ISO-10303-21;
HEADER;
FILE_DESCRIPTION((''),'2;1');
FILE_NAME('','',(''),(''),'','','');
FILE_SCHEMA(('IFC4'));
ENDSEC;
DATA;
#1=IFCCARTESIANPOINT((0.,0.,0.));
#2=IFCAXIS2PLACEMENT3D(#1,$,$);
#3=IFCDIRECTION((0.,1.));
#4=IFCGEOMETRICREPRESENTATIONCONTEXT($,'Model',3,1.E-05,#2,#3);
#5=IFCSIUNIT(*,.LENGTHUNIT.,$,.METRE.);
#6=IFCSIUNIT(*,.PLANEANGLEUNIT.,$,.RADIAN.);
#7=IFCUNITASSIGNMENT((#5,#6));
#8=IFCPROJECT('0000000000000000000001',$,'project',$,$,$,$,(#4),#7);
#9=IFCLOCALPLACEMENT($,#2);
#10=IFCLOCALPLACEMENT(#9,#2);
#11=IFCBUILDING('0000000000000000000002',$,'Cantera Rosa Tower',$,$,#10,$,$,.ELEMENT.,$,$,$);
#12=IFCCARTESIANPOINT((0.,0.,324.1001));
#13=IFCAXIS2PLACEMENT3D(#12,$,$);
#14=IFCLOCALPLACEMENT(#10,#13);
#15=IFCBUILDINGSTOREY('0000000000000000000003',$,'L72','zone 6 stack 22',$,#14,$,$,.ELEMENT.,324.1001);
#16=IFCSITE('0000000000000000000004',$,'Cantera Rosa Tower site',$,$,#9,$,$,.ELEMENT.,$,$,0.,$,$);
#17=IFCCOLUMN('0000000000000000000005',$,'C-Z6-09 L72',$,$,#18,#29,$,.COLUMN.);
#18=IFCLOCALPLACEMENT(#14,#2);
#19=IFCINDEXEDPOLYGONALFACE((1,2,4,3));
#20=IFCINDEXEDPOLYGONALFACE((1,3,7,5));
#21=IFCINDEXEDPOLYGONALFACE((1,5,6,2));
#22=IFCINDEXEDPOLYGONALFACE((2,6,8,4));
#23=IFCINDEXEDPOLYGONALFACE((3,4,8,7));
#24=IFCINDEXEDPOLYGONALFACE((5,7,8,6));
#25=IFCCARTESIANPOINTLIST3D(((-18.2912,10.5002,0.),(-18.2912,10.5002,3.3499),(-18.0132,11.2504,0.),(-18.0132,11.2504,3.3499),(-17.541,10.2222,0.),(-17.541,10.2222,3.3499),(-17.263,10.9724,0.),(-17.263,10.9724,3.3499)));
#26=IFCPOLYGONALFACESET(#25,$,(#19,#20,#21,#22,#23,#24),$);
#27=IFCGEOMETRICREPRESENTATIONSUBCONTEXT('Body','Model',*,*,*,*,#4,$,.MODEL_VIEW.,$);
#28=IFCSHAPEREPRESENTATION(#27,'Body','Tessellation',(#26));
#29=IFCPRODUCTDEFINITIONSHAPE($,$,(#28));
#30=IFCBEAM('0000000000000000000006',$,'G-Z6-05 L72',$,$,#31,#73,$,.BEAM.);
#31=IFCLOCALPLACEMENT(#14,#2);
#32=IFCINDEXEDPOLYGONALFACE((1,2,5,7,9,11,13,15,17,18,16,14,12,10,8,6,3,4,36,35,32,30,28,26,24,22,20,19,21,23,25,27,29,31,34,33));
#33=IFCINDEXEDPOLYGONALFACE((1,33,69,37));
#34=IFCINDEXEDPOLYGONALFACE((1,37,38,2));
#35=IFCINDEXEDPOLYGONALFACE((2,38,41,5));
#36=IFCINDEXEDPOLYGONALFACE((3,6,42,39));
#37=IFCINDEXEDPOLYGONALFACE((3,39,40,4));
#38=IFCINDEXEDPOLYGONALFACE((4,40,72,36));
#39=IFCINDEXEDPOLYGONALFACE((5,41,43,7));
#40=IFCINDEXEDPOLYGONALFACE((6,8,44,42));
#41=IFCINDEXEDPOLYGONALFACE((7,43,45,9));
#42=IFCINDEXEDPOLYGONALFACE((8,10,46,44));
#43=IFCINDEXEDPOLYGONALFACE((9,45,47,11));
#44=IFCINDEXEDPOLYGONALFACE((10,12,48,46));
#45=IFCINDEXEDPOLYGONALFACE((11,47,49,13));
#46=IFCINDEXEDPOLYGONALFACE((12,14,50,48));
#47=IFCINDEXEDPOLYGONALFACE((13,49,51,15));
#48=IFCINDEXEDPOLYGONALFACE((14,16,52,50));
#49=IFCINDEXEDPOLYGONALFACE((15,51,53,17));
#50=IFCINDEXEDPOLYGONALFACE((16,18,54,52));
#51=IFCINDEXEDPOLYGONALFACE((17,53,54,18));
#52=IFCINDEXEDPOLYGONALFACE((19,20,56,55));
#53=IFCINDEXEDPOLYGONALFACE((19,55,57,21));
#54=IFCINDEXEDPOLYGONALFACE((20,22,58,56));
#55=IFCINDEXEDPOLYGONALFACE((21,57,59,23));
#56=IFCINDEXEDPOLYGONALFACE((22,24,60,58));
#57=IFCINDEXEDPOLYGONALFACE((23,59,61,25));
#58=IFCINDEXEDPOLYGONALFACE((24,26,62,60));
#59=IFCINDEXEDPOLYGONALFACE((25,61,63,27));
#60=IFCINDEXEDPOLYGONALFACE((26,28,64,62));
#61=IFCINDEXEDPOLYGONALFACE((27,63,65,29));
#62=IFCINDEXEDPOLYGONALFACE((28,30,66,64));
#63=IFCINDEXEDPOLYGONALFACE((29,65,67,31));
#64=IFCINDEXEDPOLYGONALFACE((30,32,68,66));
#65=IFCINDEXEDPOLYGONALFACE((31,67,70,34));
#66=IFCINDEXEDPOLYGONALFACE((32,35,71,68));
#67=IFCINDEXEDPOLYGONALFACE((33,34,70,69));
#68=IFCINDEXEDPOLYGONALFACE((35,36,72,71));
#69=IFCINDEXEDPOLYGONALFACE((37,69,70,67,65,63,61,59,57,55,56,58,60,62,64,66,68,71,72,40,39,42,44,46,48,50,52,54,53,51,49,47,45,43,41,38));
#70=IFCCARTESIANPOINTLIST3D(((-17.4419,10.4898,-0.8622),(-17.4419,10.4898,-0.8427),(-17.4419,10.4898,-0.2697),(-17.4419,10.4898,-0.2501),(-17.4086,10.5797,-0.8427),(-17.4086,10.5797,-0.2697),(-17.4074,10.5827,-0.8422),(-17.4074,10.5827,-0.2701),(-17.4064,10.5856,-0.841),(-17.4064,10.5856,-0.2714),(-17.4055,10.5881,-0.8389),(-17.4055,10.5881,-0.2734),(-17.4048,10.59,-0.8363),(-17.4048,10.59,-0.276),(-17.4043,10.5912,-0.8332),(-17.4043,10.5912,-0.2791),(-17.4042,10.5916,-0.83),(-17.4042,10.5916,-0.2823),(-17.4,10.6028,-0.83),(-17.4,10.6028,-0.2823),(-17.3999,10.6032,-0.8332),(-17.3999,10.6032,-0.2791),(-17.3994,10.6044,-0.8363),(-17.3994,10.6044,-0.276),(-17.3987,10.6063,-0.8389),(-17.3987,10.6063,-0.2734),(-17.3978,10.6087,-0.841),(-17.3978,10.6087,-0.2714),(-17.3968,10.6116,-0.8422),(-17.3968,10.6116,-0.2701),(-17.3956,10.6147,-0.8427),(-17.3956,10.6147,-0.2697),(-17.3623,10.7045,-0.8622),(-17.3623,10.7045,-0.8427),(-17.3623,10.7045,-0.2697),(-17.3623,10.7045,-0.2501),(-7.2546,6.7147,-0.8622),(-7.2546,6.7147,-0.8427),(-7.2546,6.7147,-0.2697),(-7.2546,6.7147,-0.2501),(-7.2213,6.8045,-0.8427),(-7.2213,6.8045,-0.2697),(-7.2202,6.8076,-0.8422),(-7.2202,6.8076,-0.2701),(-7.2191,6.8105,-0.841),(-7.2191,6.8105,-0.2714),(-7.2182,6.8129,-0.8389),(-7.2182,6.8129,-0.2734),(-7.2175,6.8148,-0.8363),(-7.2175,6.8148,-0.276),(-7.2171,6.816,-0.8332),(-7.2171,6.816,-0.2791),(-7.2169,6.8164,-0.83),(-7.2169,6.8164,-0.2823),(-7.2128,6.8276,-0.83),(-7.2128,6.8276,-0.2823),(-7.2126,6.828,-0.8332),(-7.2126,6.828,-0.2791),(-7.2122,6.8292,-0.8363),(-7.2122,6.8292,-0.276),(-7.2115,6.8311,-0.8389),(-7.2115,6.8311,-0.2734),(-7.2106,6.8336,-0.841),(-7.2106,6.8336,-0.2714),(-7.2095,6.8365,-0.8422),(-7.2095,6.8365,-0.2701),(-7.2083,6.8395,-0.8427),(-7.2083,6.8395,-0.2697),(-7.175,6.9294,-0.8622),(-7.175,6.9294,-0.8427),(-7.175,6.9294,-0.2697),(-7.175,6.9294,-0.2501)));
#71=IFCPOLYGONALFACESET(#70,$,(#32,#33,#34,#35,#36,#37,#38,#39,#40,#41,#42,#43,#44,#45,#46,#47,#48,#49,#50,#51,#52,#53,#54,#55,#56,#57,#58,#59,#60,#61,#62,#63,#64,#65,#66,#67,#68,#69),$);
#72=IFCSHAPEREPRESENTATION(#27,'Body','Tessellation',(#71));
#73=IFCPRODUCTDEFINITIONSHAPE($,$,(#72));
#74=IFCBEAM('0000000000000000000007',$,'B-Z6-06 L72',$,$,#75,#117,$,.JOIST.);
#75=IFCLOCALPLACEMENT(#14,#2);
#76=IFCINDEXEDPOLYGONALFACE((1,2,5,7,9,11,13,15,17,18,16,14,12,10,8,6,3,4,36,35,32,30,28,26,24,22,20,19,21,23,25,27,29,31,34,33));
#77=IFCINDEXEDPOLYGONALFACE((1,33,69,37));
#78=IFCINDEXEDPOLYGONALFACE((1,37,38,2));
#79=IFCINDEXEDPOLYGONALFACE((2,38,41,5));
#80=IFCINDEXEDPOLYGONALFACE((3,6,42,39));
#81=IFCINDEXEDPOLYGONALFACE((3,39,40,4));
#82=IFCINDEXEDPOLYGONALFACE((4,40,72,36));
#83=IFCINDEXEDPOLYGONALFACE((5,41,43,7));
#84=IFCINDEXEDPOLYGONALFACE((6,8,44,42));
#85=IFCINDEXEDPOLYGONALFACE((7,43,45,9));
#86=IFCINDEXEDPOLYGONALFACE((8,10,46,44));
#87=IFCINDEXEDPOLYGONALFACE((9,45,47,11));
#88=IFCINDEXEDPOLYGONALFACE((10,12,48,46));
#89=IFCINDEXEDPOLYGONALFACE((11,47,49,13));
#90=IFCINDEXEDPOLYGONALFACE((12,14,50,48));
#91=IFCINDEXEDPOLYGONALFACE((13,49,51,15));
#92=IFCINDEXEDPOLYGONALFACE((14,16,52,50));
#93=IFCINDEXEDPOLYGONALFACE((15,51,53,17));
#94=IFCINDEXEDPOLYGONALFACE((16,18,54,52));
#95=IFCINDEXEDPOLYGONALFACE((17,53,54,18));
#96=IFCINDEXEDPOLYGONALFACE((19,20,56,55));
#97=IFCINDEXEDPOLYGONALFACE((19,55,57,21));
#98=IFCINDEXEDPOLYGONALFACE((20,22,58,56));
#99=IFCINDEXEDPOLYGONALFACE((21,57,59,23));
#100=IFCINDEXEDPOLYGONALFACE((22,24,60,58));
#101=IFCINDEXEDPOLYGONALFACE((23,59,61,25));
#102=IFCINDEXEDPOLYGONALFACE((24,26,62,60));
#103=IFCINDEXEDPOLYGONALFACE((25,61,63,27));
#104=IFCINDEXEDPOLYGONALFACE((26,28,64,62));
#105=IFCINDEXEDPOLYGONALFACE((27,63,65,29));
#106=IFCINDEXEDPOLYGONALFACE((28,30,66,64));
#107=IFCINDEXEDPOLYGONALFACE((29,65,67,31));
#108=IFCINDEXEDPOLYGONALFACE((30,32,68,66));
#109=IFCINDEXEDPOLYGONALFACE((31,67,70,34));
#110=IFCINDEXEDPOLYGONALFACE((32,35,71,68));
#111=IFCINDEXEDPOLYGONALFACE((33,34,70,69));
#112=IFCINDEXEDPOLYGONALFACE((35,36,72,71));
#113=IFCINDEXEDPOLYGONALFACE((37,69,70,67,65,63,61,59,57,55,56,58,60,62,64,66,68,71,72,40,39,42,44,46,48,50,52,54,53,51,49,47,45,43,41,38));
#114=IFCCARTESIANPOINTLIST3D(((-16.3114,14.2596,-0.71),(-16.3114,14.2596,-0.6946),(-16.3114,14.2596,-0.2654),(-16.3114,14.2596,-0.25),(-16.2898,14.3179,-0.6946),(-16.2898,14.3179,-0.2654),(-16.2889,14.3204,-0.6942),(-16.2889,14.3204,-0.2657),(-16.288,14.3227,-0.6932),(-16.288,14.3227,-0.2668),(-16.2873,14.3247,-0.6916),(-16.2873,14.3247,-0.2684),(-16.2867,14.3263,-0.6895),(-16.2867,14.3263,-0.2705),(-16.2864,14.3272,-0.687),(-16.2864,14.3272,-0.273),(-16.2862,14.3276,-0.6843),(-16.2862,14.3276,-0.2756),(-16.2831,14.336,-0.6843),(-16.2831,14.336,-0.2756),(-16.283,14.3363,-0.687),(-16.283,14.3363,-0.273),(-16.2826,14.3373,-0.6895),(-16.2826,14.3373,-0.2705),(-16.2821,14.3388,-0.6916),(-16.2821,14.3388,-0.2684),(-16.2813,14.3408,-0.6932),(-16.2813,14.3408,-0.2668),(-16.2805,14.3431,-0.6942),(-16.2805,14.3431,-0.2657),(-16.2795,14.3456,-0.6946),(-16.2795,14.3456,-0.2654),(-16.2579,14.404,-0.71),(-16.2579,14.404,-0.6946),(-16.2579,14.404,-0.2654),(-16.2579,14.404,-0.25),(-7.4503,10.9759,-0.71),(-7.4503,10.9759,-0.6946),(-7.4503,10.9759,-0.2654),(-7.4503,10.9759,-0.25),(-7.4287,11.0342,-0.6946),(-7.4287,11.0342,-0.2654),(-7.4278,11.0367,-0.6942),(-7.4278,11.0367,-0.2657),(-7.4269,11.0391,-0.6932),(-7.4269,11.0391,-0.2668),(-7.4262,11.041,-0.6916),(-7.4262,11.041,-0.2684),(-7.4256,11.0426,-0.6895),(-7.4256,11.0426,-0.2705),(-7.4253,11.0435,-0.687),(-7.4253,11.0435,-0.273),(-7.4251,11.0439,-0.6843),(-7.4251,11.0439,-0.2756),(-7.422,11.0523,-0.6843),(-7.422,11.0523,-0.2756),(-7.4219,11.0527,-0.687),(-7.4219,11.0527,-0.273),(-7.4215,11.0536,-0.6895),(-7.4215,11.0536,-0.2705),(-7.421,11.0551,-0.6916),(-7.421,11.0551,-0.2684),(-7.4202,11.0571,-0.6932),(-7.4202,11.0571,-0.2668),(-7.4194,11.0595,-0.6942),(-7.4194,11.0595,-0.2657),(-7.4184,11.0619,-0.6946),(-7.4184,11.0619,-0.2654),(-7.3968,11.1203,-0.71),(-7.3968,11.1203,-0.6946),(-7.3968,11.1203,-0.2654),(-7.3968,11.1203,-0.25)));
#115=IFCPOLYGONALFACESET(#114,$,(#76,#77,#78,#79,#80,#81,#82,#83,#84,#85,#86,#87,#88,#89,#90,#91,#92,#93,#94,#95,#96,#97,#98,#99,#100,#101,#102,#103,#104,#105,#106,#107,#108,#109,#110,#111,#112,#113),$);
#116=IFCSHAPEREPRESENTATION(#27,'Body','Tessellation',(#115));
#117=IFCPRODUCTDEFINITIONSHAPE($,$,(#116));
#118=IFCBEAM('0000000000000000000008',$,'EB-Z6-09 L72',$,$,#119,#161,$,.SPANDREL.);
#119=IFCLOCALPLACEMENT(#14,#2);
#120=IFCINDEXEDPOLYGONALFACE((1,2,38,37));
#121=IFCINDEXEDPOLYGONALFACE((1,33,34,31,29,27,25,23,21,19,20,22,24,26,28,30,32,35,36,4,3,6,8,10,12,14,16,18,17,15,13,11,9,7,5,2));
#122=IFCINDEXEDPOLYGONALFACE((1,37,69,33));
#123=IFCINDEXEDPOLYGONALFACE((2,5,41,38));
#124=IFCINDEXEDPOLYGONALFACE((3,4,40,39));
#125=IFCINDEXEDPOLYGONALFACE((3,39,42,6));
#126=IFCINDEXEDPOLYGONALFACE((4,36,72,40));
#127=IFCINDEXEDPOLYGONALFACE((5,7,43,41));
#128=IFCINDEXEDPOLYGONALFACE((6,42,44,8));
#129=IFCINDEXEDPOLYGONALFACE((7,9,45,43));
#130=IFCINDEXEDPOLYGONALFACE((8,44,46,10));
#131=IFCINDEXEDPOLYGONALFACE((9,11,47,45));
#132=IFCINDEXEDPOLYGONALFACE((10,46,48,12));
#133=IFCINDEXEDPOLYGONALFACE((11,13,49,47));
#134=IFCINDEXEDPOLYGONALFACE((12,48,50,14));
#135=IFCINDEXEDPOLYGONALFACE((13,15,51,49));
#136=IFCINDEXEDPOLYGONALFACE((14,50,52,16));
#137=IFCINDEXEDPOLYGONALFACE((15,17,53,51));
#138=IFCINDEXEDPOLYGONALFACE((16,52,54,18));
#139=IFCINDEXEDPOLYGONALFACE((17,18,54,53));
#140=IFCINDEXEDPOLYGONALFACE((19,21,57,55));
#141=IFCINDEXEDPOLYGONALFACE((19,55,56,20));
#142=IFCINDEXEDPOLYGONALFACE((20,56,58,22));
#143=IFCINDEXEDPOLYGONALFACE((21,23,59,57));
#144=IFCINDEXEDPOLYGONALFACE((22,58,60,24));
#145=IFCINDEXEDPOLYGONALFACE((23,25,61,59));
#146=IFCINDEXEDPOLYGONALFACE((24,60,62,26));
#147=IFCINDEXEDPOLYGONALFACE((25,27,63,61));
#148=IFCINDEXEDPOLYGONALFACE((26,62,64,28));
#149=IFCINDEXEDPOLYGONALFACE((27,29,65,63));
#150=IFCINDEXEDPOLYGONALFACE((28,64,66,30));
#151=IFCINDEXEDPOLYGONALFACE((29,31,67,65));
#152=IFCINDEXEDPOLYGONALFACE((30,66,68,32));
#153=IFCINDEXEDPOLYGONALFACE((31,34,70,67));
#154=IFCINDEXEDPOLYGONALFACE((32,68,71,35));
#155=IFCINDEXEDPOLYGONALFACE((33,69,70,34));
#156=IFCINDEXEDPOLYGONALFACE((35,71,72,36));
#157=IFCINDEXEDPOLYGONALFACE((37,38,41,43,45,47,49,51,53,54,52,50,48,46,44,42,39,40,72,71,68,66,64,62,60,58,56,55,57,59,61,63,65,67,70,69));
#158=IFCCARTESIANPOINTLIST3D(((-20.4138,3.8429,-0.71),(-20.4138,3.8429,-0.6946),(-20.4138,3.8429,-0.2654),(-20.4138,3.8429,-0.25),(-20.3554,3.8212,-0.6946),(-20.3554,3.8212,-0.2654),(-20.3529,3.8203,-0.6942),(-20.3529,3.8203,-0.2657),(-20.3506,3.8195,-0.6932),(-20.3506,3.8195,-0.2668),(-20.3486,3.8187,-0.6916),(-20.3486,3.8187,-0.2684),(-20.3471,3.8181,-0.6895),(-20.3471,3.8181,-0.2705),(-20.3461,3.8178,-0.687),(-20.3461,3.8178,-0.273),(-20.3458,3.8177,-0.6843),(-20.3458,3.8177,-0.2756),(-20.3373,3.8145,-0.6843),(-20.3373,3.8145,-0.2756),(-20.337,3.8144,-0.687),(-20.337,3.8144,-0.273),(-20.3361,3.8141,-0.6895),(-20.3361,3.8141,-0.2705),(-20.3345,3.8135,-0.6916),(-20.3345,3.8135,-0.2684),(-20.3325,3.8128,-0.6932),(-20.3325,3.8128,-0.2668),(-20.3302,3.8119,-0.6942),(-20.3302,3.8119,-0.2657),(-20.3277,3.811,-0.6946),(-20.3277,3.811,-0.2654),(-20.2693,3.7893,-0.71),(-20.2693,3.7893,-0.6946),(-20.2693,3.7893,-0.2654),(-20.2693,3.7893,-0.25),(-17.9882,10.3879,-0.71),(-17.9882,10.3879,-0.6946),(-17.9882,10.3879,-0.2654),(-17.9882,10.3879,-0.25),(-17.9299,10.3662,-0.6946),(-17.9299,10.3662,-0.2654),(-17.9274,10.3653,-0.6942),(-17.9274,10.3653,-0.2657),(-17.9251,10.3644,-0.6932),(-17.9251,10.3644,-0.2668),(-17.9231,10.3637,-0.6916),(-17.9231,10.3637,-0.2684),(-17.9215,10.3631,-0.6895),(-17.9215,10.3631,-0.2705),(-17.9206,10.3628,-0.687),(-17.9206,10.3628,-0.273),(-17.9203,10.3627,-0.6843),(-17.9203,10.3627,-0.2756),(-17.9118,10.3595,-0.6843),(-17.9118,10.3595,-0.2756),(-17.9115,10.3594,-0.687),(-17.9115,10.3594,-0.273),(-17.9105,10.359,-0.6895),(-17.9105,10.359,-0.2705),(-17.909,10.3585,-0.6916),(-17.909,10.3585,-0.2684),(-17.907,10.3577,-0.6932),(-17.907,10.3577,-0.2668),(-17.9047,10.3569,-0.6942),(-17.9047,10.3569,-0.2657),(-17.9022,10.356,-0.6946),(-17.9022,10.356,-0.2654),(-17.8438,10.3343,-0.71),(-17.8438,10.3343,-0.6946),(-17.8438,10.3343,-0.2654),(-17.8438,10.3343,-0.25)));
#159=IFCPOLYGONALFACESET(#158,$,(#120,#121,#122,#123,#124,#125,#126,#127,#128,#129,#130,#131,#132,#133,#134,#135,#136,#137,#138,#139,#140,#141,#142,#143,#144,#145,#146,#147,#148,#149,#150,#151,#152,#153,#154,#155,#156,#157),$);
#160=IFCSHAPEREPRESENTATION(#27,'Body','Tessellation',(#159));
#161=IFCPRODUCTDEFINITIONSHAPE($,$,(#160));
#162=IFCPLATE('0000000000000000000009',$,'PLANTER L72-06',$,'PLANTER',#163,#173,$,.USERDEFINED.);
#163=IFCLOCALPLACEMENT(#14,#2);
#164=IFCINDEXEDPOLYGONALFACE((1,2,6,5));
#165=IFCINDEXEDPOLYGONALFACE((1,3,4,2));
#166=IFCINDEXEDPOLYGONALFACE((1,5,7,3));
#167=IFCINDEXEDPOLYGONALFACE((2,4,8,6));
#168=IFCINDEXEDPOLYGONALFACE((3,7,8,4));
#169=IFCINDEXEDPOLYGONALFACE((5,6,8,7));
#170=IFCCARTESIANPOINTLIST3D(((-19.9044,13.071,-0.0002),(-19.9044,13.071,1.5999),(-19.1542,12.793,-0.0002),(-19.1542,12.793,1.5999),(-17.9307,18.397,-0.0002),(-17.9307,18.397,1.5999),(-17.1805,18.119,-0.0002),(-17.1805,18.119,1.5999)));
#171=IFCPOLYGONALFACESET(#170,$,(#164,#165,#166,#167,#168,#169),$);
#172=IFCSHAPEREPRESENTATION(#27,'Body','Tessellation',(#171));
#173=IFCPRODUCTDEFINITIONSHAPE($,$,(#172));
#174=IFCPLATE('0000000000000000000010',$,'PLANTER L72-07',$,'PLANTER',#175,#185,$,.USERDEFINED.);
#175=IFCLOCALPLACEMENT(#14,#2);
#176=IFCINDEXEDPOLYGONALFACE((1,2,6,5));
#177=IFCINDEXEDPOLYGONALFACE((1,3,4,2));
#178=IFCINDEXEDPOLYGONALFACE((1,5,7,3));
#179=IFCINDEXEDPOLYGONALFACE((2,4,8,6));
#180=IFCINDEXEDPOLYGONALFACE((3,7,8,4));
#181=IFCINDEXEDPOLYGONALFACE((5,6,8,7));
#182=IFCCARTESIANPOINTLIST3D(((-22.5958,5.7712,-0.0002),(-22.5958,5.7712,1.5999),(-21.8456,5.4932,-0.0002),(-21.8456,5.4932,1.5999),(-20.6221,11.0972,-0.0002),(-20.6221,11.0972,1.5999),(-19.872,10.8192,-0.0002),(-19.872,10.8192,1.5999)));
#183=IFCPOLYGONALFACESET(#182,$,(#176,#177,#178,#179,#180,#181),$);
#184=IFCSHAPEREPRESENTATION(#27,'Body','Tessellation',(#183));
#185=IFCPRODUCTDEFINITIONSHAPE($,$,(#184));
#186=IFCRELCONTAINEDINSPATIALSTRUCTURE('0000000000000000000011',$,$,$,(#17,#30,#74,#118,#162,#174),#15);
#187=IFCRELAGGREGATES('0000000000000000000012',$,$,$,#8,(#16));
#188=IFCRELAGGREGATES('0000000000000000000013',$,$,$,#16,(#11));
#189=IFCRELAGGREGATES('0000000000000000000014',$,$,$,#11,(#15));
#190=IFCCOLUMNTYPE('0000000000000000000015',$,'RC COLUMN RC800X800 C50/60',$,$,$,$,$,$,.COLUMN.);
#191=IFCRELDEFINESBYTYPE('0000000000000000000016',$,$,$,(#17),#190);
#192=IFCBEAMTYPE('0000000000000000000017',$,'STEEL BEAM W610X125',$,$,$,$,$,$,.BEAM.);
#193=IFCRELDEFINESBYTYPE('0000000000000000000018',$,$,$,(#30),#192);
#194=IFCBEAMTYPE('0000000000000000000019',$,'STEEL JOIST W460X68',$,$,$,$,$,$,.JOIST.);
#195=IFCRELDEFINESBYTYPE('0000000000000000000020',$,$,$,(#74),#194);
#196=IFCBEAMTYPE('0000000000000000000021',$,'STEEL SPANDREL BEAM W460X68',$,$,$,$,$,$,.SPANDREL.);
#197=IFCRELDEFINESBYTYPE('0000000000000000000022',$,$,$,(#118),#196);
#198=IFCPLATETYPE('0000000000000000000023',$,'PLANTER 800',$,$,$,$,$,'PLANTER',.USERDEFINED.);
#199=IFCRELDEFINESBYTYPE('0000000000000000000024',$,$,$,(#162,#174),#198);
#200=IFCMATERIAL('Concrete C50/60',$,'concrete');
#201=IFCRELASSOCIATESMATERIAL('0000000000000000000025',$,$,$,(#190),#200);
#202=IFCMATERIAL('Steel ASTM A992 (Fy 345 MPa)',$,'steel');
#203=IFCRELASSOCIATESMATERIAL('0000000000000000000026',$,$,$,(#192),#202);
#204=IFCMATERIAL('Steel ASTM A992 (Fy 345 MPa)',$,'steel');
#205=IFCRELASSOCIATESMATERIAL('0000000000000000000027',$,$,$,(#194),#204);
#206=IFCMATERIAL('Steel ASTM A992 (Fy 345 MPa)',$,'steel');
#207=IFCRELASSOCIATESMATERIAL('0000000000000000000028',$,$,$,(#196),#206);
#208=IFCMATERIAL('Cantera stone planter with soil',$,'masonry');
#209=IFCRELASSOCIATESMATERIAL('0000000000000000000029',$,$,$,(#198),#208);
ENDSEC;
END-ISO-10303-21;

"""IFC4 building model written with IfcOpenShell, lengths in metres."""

from ifc_helpers import new_model, si_unit, direction, frame, origin, origin_2d, place, context, subcontext, project, spatial, rectangle, i_section, extrude, material, material_profile, profile_set, type_object, element, save


model = new_model("IFC4")

# Units and contexts
model_context = context("Model", 3, precision=1e-05, world=origin(), true_north=direction((0.0, 1.0)))
body_context = subcontext(model_context, "Body", "Model", "MODEL_VIEW")
ifc_project = project(units=[si_unit("LENGTHUNIT", "METRE"), si_unit("PLANEANGLEUNIT", "RADIAN")], contexts=[model_context])

# Site, building, storey
site_placement = place(None, origin())
site = spatial("IfcSite", under=ifc_project, at=site_placement, Name="Cantera Rosa Tower site", CompositionType="ELEMENT", RefElevation=0.0)
building_placement = place(site_placement, origin())
building = spatial("IfcBuilding", under=site, at=building_placement, Name="Cantera Rosa Tower", CompositionType="ELEMENT")
storey_placement = place(building_placement, frame((0.0, 0.0, 324.1001)))
storey = spatial("IfcBuildingStorey", under=building, at=storey_placement, Name="L72", Description="zone 6 stack 22", CompositionType="ELEMENT", Elevation=324.1001)

# Column
ifc_material_1 = material(Name="Concrete C50/60", Category="concrete")
ifc_material_profile_1 = material_profile(ifc_material_1, rectangle(XDim=0.8, YDim=0.8, at=origin_2d()), Name="RC COLUMN RC800X800 C50/60")
ifc_profile_set_1 = profile_set([ifc_material_profile_1], Name="Concrete C50/60")
column_type = type_object("IfcColumnType", Name="RC COLUMN RC800X800 C50/60", PredefinedType="COLUMN", material=ifc_profile_set_1)
column_placement = place(storey_placement, frame((-17.7771, 10.7363, 0.0), z_axis=(0.0, 0.0, 1.0), x_axis=(0.347481, 0.937687, 0.0)))
element("IfcColumn", 1, at=column_placement, inside=storey, type_object=column_type, Name="C-Z6-09 L72", PredefinedType="COLUMN", context=body_context, shape_type="SweptSolid", body=[
    extrude(rectangle(XDim=0.8, YDim=0.8, at=origin_2d()), origin(), (0.0, 0.0, 1.0), 3.3499),
])

# Beams
ifc_material_2 = material(Name="Steel ASTM A992 (Fy 345 MPa)", Category="steel")
ifc_material_profile_2 = material_profile(ifc_material_2, i_section(OverallWidth=0.229, OverallDepth=0.6121, WebThickness=0.012, FlangeThickness=0.0195, FilletRadius=0.0127, at=origin_2d()), Name="W610X125")
ifc_profile_set_2 = profile_set([ifc_material_profile_2], Name="Steel ASTM A992 (Fy 345 MPa)")
beam_type_1 = type_object("IfcBeamType", Name="STEEL BEAM W610X125", PredefinedType="BEAM", material=ifc_profile_set_2)
beam_1_placement = place(storey_placement, frame((-17.4021, 10.5972, -0.5562), z_axis=(0.937686, -0.347483, 0.0), x_axis=(0.347483, 0.937686, 0.0)))
element("IfcBeam", 2, at=beam_1_placement, inside=storey, type_object=beam_type_1, Name="G-Z6-05 L72", PredefinedType="BEAM", context=body_context, shape_type="SweptSolid", body=[
    extrude(i_section(OverallWidth=0.229, OverallDepth=0.6121, WebThickness=0.012, FlangeThickness=0.0195, FilletRadius=0.0127, at=origin_2d()), origin(), (0.0, 0.0, 1.0), 10.8643),
])
ifc_material_3 = material(Name="Steel ASTM A992 (Fy 345 MPa)", Category="steel")
ifc_material_profile_3 = material_profile(ifc_material_3, i_section(OverallWidth=0.1541, OverallDepth=0.46, WebThickness=0.009, FlangeThickness=0.0154, FilletRadius=0.0103, at=origin_2d()), Name="W460X68")
ifc_profile_set_3 = profile_set([ifc_material_profile_3], Name="Steel ASTM A992 (Fy 345 MPa)")
beam_type_2 = type_object("IfcBeamType", Name="STEEL JOIST W460X68", PredefinedType="JOIST", material=ifc_profile_set_3)
beam_2_placement = place(storey_placement, frame((-16.2847, 14.3318, -0.48), z_axis=(0.937686, -0.347483, 0.0), x_axis=(0.347483, 0.937686, 0.0)))
element("IfcBeam", 3, at=beam_2_placement, inside=storey, type_object=beam_type_2, Name="B-Z6-06 L72", PredefinedType="JOIST", context=body_context, shape_type="SweptSolid", body=[
    extrude(i_section(OverallWidth=0.1541, OverallDepth=0.46, WebThickness=0.009, FlangeThickness=0.0154, FilletRadius=0.0103, at=origin_2d()), origin(), (0.0, 0.0, 1.0), 9.45),
])
ifc_material_4 = material(Name="Steel ASTM A992 (Fy 345 MPa)", Category="steel")
ifc_material_profile_4 = material_profile(ifc_material_4, i_section(OverallWidth=0.1541, OverallDepth=0.46, WebThickness=0.009, FlangeThickness=0.0154, FilletRadius=0.0103, at=origin_2d()), Name="W460X68")
ifc_profile_set_4 = profile_set([ifc_material_profile_4], Name="Steel ASTM A992 (Fy 345 MPa)")
beam_type_3 = type_object("IfcBeamType", Name="STEEL SPANDREL BEAM W460X68", PredefinedType="SPANDREL", material=ifc_profile_set_4)
beam_3_placement = place(storey_placement, frame((-17.916, 10.3611, -0.48), z_axis=(-0.347502, -0.937679, 0.0), x_axis=(0.937679, -0.347502, 0.0)))
element("IfcBeam", 4, at=beam_3_placement, inside=storey, type_object=beam_type_3, Name="EB-Z6-09 L72", PredefinedType="SPANDREL", context=body_context, shape_type="SweptSolid", body=[
    extrude(i_section(OverallWidth=0.1541, OverallDepth=0.46, WebThickness=0.009, FlangeThickness=0.0154, FilletRadius=0.0103, at=origin_2d()), origin(), (0.0, 0.0, 1.0), 6.98),
])

# Plates
ifc_material_5 = material(Name="Cantera stone planter with soil", Category="masonry")
plate_type = type_object("IfcPlateType", Name="PLANTER 800", ElementType="PLANTER", PredefinedType="USERDEFINED", material=ifc_material_5)
for number, where, z_axis, x_axis, name in (
    (5, (-18.5425, 15.595, -0.0002), (0.0, 0.0, 1.0), (-0.347481, -0.937687, 0.0), "PLANTER L72-06"),
    (6, (-21.2339, 8.2952, -0.0002), (0.0, 0.0, 1.0), (-0.347481, -0.937687, 0.0), "PLANTER L72-07"),
):
    element("IfcPlate", number, at=place(storey_placement, frame(where, z_axis=z_axis, x_axis=x_axis)), inside=storey, type_object=plate_type, Name=name, ObjectType="PLANTER", PredefinedType="USERDEFINED", context=body_context, shape_type="SweptSolid", body=[
        extrude(rectangle(XDim=5.6799, YDim=0.8, at=origin_2d()), origin(), (0.0, 0.0, 1.0), 1.6001),
    ])

save(model, "model.ifc")
